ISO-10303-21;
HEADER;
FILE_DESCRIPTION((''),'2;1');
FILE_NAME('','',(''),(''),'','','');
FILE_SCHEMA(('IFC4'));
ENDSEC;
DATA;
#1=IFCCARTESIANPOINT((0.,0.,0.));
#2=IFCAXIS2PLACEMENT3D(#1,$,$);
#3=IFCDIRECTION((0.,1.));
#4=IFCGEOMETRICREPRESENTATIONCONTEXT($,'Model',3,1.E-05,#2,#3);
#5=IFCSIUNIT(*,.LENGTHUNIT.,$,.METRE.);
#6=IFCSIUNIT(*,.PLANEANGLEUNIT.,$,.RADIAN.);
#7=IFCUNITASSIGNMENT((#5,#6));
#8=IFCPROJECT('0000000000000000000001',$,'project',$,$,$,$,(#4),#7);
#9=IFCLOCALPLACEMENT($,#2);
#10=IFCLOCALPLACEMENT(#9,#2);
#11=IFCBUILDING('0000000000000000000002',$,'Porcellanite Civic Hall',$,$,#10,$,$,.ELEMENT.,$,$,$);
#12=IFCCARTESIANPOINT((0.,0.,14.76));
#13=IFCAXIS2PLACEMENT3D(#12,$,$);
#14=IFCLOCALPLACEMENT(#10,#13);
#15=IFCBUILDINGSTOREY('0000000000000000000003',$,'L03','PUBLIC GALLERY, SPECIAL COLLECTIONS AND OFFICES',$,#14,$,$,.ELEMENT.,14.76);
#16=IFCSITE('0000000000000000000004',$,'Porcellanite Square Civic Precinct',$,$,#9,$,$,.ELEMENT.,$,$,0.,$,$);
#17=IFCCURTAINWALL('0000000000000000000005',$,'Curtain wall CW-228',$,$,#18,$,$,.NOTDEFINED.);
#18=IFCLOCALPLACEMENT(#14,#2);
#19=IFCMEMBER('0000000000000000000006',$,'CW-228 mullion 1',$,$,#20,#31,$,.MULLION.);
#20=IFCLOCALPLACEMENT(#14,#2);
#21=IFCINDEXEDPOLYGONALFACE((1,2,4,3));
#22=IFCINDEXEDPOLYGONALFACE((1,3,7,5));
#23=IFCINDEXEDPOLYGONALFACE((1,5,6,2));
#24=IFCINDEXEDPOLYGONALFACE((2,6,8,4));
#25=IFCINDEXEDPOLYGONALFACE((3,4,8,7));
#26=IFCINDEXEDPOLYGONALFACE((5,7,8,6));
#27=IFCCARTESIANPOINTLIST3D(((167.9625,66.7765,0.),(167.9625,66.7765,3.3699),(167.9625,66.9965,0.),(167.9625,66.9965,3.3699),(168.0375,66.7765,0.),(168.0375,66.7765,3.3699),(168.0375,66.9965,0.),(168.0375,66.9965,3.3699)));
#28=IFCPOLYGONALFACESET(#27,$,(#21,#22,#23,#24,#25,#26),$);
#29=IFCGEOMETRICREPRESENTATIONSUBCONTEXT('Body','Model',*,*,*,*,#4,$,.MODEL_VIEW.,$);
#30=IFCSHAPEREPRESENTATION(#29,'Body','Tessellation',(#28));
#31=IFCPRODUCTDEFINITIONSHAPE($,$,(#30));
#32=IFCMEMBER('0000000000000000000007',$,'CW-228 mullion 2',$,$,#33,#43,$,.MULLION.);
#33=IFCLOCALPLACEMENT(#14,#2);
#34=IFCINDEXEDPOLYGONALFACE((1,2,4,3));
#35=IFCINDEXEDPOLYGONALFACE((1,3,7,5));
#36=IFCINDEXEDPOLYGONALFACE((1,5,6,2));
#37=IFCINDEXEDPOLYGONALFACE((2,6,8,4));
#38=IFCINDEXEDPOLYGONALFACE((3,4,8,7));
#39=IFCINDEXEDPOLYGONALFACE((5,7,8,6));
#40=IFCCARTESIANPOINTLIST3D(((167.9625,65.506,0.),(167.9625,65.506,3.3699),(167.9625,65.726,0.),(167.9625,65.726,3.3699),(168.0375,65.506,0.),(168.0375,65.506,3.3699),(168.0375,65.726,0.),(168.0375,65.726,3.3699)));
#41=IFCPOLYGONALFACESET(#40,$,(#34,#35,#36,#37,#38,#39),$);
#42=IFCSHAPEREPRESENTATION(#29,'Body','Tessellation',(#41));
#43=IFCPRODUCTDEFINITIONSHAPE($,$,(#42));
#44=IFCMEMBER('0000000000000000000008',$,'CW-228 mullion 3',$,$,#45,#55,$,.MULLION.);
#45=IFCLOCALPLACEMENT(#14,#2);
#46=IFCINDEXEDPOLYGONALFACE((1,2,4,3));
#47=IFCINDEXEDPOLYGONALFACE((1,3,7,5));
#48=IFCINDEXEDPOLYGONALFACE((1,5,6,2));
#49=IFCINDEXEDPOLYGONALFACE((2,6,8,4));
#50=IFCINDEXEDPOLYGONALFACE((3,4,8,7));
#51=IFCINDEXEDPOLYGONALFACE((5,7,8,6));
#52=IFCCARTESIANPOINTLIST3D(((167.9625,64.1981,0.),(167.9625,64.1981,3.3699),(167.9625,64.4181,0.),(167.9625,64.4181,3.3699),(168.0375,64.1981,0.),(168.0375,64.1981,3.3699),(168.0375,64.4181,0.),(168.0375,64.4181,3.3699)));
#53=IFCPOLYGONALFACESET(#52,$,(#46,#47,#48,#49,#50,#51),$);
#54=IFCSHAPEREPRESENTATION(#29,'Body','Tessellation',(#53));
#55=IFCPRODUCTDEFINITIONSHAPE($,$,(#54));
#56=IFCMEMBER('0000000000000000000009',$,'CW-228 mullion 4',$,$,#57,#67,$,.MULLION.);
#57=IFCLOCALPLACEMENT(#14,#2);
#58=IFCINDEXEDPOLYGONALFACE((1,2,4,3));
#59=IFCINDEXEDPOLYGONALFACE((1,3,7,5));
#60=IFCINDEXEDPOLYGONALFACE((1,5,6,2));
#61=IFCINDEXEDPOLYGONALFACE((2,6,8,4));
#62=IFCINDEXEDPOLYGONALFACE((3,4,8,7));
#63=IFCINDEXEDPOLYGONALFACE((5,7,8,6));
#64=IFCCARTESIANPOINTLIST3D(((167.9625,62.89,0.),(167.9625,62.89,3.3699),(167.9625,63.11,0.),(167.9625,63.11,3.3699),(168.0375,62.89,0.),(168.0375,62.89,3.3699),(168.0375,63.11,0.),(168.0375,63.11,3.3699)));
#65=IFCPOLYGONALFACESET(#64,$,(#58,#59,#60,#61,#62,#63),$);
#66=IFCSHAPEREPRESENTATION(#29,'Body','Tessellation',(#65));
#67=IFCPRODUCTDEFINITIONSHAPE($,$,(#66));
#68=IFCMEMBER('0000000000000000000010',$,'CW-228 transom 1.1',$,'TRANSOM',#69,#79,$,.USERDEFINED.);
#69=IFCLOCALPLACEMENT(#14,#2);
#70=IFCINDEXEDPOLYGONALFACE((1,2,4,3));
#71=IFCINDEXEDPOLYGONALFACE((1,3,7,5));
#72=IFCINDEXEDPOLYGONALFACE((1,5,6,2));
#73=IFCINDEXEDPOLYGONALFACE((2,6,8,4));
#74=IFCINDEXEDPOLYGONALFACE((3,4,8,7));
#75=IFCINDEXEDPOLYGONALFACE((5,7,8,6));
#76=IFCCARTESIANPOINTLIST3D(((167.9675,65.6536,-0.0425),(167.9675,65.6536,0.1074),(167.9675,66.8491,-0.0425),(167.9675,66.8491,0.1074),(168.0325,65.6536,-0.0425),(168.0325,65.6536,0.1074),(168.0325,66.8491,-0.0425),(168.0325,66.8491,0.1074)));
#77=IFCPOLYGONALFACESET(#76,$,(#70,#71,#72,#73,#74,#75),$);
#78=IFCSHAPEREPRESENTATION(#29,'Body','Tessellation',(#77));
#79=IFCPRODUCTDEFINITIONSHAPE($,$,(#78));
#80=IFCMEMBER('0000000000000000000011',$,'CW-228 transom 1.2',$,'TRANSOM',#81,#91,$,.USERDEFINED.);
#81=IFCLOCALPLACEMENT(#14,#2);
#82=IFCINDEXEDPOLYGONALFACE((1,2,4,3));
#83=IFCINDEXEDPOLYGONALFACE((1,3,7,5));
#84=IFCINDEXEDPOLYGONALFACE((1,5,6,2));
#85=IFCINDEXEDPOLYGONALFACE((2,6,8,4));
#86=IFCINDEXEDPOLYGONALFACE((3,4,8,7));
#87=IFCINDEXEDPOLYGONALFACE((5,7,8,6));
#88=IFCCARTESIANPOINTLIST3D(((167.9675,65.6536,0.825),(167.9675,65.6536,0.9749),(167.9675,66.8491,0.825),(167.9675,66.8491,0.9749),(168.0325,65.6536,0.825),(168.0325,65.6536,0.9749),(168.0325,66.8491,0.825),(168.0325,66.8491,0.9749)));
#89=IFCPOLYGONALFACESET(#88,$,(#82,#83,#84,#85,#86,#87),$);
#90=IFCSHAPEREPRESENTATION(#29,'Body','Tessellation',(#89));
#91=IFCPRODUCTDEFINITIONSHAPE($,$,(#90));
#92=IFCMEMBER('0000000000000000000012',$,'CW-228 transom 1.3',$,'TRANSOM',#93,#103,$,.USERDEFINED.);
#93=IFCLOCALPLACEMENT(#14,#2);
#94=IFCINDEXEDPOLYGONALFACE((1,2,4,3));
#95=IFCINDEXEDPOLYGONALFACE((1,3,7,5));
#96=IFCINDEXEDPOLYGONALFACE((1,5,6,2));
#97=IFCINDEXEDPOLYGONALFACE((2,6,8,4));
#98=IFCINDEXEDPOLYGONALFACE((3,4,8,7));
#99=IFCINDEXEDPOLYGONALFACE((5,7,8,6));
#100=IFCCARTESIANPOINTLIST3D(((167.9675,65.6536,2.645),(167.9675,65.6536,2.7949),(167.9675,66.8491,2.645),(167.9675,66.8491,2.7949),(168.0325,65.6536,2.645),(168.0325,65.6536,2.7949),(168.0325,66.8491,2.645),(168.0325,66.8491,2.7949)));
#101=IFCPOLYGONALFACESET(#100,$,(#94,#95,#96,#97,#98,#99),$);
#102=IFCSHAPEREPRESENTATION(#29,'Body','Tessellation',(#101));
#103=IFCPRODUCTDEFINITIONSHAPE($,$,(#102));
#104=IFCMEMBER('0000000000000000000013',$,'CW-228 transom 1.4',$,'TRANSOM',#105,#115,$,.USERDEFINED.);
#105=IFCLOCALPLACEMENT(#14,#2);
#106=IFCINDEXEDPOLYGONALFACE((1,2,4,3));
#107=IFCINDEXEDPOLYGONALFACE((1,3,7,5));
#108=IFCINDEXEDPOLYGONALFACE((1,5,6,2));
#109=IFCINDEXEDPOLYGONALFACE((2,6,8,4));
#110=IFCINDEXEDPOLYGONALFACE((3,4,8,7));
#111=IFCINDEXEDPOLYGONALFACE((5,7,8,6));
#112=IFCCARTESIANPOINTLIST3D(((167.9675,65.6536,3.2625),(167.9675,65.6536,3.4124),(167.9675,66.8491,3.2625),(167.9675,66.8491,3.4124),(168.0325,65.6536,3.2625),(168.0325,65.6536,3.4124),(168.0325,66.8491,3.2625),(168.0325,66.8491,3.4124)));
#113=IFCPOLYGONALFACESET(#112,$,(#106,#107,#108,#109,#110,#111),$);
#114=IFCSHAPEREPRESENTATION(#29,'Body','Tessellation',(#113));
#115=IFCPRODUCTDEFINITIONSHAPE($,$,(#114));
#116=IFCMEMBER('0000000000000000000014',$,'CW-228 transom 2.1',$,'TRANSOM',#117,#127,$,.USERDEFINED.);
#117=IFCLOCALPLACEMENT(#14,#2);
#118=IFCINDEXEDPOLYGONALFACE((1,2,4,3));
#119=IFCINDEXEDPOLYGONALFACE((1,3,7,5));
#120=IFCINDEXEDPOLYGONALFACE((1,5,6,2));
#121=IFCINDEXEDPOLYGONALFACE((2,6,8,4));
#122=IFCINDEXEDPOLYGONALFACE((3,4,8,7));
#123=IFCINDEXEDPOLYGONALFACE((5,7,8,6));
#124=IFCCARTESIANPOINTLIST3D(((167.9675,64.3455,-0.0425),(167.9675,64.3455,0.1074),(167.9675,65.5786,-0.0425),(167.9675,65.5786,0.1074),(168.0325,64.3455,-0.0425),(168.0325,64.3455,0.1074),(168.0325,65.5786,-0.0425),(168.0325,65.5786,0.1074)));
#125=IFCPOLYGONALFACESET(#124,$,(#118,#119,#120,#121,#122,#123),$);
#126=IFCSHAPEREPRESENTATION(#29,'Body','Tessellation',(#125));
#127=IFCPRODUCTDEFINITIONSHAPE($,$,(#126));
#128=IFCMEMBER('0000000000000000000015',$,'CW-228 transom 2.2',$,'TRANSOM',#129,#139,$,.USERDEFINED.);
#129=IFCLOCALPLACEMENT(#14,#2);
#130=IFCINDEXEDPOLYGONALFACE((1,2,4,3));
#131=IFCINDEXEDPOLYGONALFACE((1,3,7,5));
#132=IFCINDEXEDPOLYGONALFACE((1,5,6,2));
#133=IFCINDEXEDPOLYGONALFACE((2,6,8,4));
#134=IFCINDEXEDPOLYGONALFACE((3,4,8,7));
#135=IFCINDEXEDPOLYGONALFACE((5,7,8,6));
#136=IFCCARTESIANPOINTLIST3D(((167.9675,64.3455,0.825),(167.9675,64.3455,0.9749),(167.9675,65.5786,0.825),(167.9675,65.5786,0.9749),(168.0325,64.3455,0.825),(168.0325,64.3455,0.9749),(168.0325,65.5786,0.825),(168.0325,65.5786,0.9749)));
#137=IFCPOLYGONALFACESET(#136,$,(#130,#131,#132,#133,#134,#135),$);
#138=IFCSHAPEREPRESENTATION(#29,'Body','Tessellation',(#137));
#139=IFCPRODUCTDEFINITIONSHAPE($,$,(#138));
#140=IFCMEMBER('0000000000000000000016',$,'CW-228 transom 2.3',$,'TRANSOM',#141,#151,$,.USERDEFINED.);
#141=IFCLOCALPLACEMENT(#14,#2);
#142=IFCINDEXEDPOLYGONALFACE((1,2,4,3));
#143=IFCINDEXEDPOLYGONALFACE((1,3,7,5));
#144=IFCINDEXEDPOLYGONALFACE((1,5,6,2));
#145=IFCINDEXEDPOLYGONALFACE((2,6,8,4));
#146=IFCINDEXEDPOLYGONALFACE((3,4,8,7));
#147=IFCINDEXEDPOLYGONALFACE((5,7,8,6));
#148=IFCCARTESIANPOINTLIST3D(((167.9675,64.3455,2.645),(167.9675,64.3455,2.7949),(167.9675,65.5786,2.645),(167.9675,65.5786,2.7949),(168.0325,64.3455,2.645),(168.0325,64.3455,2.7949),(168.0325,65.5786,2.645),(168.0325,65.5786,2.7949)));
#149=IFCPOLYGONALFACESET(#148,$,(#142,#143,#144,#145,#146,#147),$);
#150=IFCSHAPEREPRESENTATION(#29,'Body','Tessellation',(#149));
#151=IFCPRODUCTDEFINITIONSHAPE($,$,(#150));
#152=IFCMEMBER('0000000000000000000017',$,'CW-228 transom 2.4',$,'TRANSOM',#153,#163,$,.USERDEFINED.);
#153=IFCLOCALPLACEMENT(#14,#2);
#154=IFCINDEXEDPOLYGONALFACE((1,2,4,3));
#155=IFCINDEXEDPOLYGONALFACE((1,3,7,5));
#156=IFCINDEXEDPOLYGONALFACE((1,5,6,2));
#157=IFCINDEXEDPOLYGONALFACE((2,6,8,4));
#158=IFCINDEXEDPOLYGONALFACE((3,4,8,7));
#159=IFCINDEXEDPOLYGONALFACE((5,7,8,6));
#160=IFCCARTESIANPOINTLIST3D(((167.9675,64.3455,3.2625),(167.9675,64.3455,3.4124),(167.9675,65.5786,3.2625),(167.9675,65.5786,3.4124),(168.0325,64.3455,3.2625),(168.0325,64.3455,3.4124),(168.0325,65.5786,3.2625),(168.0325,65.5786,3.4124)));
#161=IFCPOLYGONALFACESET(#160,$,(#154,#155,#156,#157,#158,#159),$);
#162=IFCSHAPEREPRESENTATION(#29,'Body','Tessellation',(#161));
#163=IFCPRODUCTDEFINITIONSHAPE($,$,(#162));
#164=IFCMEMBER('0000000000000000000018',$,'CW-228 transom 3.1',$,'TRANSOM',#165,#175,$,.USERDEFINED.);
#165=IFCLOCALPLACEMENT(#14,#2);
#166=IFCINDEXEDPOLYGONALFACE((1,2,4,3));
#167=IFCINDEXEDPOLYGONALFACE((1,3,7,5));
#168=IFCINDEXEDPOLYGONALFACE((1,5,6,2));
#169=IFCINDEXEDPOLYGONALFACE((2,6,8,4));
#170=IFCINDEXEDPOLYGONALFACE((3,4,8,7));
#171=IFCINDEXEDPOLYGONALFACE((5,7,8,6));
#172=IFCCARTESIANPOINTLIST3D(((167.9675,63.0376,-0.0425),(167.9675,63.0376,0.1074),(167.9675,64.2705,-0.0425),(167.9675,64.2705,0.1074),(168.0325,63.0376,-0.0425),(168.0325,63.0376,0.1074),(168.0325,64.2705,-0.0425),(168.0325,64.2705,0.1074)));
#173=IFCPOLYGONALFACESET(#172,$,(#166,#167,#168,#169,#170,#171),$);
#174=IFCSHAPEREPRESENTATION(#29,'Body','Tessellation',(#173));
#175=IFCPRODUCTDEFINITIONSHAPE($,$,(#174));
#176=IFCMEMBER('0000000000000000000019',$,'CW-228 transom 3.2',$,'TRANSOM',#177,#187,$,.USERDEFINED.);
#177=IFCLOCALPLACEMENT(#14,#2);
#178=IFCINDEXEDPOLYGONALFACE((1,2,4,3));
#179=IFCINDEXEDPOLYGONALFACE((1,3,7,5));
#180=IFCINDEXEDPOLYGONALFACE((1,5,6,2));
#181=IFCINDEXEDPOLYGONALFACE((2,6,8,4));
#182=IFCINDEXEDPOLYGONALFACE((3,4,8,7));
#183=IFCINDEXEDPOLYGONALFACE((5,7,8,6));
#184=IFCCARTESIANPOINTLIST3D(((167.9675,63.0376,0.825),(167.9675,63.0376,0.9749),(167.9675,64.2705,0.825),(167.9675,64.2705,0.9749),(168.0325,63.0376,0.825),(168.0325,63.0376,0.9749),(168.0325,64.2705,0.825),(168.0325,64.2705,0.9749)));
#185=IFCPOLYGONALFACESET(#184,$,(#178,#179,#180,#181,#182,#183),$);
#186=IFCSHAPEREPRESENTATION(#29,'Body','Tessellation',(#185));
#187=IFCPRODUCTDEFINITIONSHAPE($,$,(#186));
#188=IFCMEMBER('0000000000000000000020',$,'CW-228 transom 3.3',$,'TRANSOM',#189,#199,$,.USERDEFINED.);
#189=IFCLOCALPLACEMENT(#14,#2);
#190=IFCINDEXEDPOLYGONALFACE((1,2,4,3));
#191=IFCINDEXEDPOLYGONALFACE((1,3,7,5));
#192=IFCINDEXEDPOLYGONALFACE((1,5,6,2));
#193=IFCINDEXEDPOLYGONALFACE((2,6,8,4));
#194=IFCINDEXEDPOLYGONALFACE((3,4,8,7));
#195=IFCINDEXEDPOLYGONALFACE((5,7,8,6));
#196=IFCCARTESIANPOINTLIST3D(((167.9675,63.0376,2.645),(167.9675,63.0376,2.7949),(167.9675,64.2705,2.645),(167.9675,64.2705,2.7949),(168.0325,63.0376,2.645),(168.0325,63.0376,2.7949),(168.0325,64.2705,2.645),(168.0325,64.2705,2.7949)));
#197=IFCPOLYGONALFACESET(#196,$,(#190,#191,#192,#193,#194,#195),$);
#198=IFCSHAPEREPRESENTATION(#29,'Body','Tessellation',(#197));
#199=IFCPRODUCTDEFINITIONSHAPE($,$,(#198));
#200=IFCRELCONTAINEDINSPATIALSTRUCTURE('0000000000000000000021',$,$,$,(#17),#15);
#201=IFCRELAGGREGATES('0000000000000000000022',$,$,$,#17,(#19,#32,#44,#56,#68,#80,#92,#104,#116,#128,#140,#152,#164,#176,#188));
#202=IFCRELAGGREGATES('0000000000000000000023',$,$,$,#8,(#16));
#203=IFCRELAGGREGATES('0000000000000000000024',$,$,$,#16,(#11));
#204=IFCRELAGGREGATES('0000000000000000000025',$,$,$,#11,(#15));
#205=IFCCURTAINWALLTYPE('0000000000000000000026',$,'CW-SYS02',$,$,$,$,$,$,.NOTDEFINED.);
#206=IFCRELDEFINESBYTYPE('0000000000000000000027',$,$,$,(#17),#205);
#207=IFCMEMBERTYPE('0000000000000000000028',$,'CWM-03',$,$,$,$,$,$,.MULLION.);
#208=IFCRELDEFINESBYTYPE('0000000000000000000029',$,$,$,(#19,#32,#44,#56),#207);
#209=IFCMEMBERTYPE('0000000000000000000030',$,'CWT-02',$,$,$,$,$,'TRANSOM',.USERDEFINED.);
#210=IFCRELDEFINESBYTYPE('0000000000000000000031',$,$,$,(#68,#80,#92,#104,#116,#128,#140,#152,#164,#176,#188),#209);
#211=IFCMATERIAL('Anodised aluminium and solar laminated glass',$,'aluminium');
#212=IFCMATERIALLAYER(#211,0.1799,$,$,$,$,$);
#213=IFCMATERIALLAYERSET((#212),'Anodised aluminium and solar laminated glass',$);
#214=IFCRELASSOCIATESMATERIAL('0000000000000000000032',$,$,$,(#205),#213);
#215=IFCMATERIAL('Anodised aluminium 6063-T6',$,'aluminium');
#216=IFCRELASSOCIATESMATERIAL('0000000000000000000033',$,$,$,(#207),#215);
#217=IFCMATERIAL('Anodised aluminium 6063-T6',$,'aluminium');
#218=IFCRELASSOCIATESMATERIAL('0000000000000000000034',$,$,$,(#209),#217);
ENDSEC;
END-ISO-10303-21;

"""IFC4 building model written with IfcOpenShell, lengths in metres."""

from ifc_helpers import new_model, si_unit, direction, frame, origin, origin_2d, place, context, subcontext, project, spatial, rectangle, extrude, material, layer, layer_set, material_profile, profile_set, type_object, element, aggregate, save


model = new_model("IFC4")

# Units and contexts
model_context = context("Model", 3, precision=1e-05, world=origin(), true_north=direction((0.0, 1.0)))
body_context = subcontext(model_context, "Body", "Model", "MODEL_VIEW")
ifc_project = project(units=[si_unit("LENGTHUNIT", "METRE"), si_unit("PLANEANGLEUNIT", "RADIAN")], contexts=[model_context])

# Site, building, storey
site_placement = place(None, origin())
site = spatial("IfcSite", under=ifc_project, at=site_placement, Name="Porcellanite Square Civic Precinct", CompositionType="ELEMENT", RefElevation=0.0)
building_placement = place(site_placement, origin())
building = spatial("IfcBuilding", under=site, at=building_placement, Name="Porcellanite Civic Hall", CompositionType="ELEMENT")
storey_placement = place(building_placement, frame((0.0, 0.0, 14.76)))
storey = spatial("IfcBuildingStorey", under=building, at=storey_placement, Name="L03", Description="PUBLIC GALLERY, SPECIAL COLLECTIONS AND OFFICES", CompositionType="ELEMENT", Elevation=14.76)

# Curtain wall, members
ifc_material_1 = material(Name="Anodised aluminium and solar laminated glass", Category="aluminium")
ifc_layer_1 = layer(ifc_material_1, 0.1799)
ifc_layer_set_1 = layer_set([ifc_layer_1], Name="Anodised aluminium and solar laminated glass")
curtain_wall_type = type_object("IfcCurtainWallType", Name="CW-SYS02", PredefinedType="NOTDEFINED", material=ifc_layer_set_1)
curtain_wall_placement = place(storey_placement, origin())
curtain_wall = element("IfcCurtainWall", 1, at=curtain_wall_placement, inside=storey, type_object=curtain_wall_type, Name="Curtain wall CW-228", PredefinedType="NOTDEFINED")
ifc_material_2 = material(Name="Anodised aluminium 6063-T6", Category="aluminium")
ifc_material_profile_1 = material_profile(ifc_material_2, rectangle(XDim=0.075, YDim=0.22, at=origin_2d()), Name="AL-75x220")
ifc_profile_set_1 = profile_set([ifc_material_profile_1], Name="Anodised aluminium 6063-T6")
member_type_1 = type_object("IfcMemberType", Name="CWM-03", PredefinedType="MULLION", material=ifc_profile_set_1)
member_1_placement = place(storey_placement, frame((168.0, 66.8865, 0.0), z_axis=(0.0, 0.0, 1.0), x_axis=(1.0, 0.0, 0.0)))
member_1 = element("IfcMember", 2, at=member_1_placement, type_object=member_type_1, Name="CW-228 mullion 1", PredefinedType="MULLION", context=body_context, shape_type="SweptSolid", body=[
    extrude(rectangle(XDim=0.075, YDim=0.22, at=origin_2d()), origin(), (0.0, 0.0, 1.0), 3.3699),
])
member_2_placement = place(storey_placement, frame((168.0, 65.616, 0.0), z_axis=(0.0, 0.0, 1.0), x_axis=(1.0, 0.0, 0.0)))
member_2 = element("IfcMember", 3, at=member_2_placement, type_object=member_type_1, Name="CW-228 mullion 2", PredefinedType="MULLION", context=body_context, shape_type="SweptSolid", body=[
    extrude(rectangle(XDim=0.075, YDim=0.22, at=origin_2d()), origin(), (0.0, 0.0, 1.0), 3.3699),
])
member_3_placement = place(storey_placement, frame((168.0, 64.3081, 0.0), z_axis=(0.0, 0.0, 1.0), x_axis=(1.0, 0.0, 0.0)))
member_3 = element("IfcMember", 4, at=member_3_placement, type_object=member_type_1, Name="CW-228 mullion 3", PredefinedType="MULLION", context=body_context, shape_type="SweptSolid", body=[
    extrude(rectangle(XDim=0.075, YDim=0.22, at=origin_2d()), origin(), (0.0, 0.0, 1.0), 3.3699),
])
member_4_placement = place(storey_placement, frame((168.0, 63.0, 0.0), z_axis=(0.0, 0.0, 1.0), x_axis=(1.0, 0.0, 0.0)))
member_4 = element("IfcMember", 5, at=member_4_placement, type_object=member_type_1, Name="CW-228 mullion 4", PredefinedType="MULLION", context=body_context, shape_type="SweptSolid", body=[
    extrude(rectangle(XDim=0.075, YDim=0.22, at=origin_2d()), origin(), (0.0, 0.0, 1.0), 3.3699),
])
ifc_material_3 = material(Name="Anodised aluminium 6063-T6", Category="aluminium")
ifc_material_profile_2 = material_profile(ifc_material_3, rectangle(XDim=0.0649, YDim=0.1499, at=origin_2d()), Name="AL-65x150")
ifc_profile_set_2 = profile_set([ifc_material_profile_2], Name="Anodised aluminium 6063-T6")
member_type_2 = type_object("IfcMemberType", Name="CWT-02", ElementType="TRANSOM", PredefinedType="USERDEFINED", material=ifc_profile_set_2)
member_5_placement = place(storey_placement, frame((168.0, 66.8491, 0.0325), z_axis=(0.0, -1.0, 0.0), x_axis=(1.0, 0.0, 0.0)))
member_5 = element("IfcMember", 6, at=member_5_placement, type_object=member_type_2, Name="CW-228 transom 1.1", ObjectType="TRANSOM", PredefinedType="USERDEFINED", context=body_context, shape_type="SweptSolid", body=[
    extrude(rectangle(XDim=0.0649, YDim=0.1499, at=origin_2d()), origin(), (0.0, 0.0, 1.0), 1.1956),
])
member_6_placement = place(storey_placement, frame((168.0, 66.8491, 0.8999), z_axis=(0.0, -1.0, 0.0), x_axis=(1.0, 0.0, 0.0)))
member_6 = element("IfcMember", 7, at=member_6_placement, type_object=member_type_2, Name="CW-228 transom 1.2", ObjectType="TRANSOM", PredefinedType="USERDEFINED", context=body_context, shape_type="SweptSolid", body=[
    extrude(rectangle(XDim=0.0649, YDim=0.1499, at=origin_2d()), origin(), (0.0, 0.0, 1.0), 1.1956),
])
member_7_placement = place(storey_placement, frame((168.0, 66.8491, 2.72), z_axis=(0.0, -1.0, 0.0), x_axis=(1.0, 0.0, 0.0)))
member_7 = element("IfcMember", 8, at=member_7_placement, type_object=member_type_2, Name="CW-228 transom 1.3", ObjectType="TRANSOM", PredefinedType="USERDEFINED", context=body_context, shape_type="SweptSolid", body=[
    extrude(rectangle(XDim=0.0649, YDim=0.1499, at=origin_2d()), origin(), (0.0, 0.0, 1.0), 1.1956),
])
member_8_placement = place(storey_placement, frame((168.0, 66.8491, 3.3374), z_axis=(0.0, -1.0, 0.0), x_axis=(1.0, 0.0, 0.0)))
member_8 = element("IfcMember", 9, at=member_8_placement, type_object=member_type_2, Name="CW-228 transom 1.4", ObjectType="TRANSOM", PredefinedType="USERDEFINED", context=body_context, shape_type="SweptSolid", body=[
    extrude(rectangle(XDim=0.0649, YDim=0.1499, at=origin_2d()), origin(), (0.0, 0.0, 1.0), 1.1956),
])
member_9_placement = place(storey_placement, frame((168.0, 65.5786, 0.0325), z_axis=(0.0, -1.0, 0.0), x_axis=(1.0, 0.0, 0.0)))
member_9 = element("IfcMember", 10, at=member_9_placement, type_object=member_type_2, Name="CW-228 transom 2.1", ObjectType="TRANSOM", PredefinedType="USERDEFINED", context=body_context, shape_type="SweptSolid", body=[
    extrude(rectangle(XDim=0.0649, YDim=0.1499, at=origin_2d()), origin(), (0.0, 0.0, 1.0), 1.2332),
])
member_10_placement = place(storey_placement, frame((168.0, 65.5786, 0.8999), z_axis=(0.0, -1.0, 0.0), x_axis=(1.0, 0.0, 0.0)))
member_10 = element("IfcMember", 11, at=member_10_placement, type_object=member_type_2, Name="CW-228 transom 2.2", ObjectType="TRANSOM", PredefinedType="USERDEFINED", context=body_context, shape_type="SweptSolid", body=[
    extrude(rectangle(XDim=0.0649, YDim=0.1499, at=origin_2d()), origin(), (0.0, 0.0, 1.0), 1.2332),
])
member_11_placement = place(storey_placement, frame((168.0, 65.5786, 2.72), z_axis=(0.0, -1.0, 0.0), x_axis=(1.0, 0.0, 0.0)))
member_11 = element("IfcMember", 12, at=member_11_placement, type_object=member_type_2, Name="CW-228 transom 2.3", ObjectType="TRANSOM", PredefinedType="USERDEFINED", context=body_context, shape_type="SweptSolid", body=[
    extrude(rectangle(XDim=0.0649, YDim=0.1499, at=origin_2d()), origin(), (0.0, 0.0, 1.0), 1.2332),
])
member_12_placement = place(storey_placement, frame((168.0, 65.5786, 3.3374), z_axis=(0.0, -1.0, 0.0), x_axis=(1.0, 0.0, 0.0)))
member_12 = element("IfcMember", 13, at=member_12_placement, type_object=member_type_2, Name="CW-228 transom 2.4", ObjectType="TRANSOM", PredefinedType="USERDEFINED", context=body_context, shape_type="SweptSolid", body=[
    extrude(rectangle(XDim=0.0649, YDim=0.1499, at=origin_2d()), origin(), (0.0, 0.0, 1.0), 1.2332),
])
member_13_placement = place(storey_placement, frame((168.0, 64.2705, 0.0325), z_axis=(0.0, -1.0, 0.0), x_axis=(1.0, 0.0, 0.0)))
member_13 = element("IfcMember", 14, at=member_13_placement, type_object=member_type_2, Name="CW-228 transom 3.1", ObjectType="TRANSOM", PredefinedType="USERDEFINED", context=body_context, shape_type="SweptSolid", body=[
    extrude(rectangle(XDim=0.0649, YDim=0.1499, at=origin_2d()), origin(), (0.0, 0.0, 1.0), 1.2329),
])
member_14_placement = place(storey_placement, frame((168.0, 64.2705, 0.8999), z_axis=(0.0, -1.0, 0.0), x_axis=(1.0, 0.0, 0.0)))
member_14 = element("IfcMember", 15, at=member_14_placement, type_object=member_type_2, Name="CW-228 transom 3.2", ObjectType="TRANSOM", PredefinedType="USERDEFINED", context=body_context, shape_type="SweptSolid", body=[
    extrude(rectangle(XDim=0.0649, YDim=0.1499, at=origin_2d()), origin(), (0.0, 0.0, 1.0), 1.2329),
])
member_15_placement = place(storey_placement, frame((168.0, 64.2705, 2.72), z_axis=(0.0, -1.0, 0.0), x_axis=(1.0, 0.0, 0.0)))
member_15 = element("IfcMember", 16, at=member_15_placement, type_object=member_type_2, Name="CW-228 transom 3.3", ObjectType="TRANSOM", PredefinedType="USERDEFINED", context=body_context, shape_type="SweptSolid", body=[
    extrude(rectangle(XDim=0.0649, YDim=0.1499, at=origin_2d()), origin(), (0.0, 0.0, 1.0), 1.2329),
])
aggregate(curtain_wall, [member_1, member_2, member_3, member_4, member_5, member_6, member_7, member_8, member_9, member_10, member_11, member_12, member_13, member_14, member_15])

save(model, "model.ifc")
